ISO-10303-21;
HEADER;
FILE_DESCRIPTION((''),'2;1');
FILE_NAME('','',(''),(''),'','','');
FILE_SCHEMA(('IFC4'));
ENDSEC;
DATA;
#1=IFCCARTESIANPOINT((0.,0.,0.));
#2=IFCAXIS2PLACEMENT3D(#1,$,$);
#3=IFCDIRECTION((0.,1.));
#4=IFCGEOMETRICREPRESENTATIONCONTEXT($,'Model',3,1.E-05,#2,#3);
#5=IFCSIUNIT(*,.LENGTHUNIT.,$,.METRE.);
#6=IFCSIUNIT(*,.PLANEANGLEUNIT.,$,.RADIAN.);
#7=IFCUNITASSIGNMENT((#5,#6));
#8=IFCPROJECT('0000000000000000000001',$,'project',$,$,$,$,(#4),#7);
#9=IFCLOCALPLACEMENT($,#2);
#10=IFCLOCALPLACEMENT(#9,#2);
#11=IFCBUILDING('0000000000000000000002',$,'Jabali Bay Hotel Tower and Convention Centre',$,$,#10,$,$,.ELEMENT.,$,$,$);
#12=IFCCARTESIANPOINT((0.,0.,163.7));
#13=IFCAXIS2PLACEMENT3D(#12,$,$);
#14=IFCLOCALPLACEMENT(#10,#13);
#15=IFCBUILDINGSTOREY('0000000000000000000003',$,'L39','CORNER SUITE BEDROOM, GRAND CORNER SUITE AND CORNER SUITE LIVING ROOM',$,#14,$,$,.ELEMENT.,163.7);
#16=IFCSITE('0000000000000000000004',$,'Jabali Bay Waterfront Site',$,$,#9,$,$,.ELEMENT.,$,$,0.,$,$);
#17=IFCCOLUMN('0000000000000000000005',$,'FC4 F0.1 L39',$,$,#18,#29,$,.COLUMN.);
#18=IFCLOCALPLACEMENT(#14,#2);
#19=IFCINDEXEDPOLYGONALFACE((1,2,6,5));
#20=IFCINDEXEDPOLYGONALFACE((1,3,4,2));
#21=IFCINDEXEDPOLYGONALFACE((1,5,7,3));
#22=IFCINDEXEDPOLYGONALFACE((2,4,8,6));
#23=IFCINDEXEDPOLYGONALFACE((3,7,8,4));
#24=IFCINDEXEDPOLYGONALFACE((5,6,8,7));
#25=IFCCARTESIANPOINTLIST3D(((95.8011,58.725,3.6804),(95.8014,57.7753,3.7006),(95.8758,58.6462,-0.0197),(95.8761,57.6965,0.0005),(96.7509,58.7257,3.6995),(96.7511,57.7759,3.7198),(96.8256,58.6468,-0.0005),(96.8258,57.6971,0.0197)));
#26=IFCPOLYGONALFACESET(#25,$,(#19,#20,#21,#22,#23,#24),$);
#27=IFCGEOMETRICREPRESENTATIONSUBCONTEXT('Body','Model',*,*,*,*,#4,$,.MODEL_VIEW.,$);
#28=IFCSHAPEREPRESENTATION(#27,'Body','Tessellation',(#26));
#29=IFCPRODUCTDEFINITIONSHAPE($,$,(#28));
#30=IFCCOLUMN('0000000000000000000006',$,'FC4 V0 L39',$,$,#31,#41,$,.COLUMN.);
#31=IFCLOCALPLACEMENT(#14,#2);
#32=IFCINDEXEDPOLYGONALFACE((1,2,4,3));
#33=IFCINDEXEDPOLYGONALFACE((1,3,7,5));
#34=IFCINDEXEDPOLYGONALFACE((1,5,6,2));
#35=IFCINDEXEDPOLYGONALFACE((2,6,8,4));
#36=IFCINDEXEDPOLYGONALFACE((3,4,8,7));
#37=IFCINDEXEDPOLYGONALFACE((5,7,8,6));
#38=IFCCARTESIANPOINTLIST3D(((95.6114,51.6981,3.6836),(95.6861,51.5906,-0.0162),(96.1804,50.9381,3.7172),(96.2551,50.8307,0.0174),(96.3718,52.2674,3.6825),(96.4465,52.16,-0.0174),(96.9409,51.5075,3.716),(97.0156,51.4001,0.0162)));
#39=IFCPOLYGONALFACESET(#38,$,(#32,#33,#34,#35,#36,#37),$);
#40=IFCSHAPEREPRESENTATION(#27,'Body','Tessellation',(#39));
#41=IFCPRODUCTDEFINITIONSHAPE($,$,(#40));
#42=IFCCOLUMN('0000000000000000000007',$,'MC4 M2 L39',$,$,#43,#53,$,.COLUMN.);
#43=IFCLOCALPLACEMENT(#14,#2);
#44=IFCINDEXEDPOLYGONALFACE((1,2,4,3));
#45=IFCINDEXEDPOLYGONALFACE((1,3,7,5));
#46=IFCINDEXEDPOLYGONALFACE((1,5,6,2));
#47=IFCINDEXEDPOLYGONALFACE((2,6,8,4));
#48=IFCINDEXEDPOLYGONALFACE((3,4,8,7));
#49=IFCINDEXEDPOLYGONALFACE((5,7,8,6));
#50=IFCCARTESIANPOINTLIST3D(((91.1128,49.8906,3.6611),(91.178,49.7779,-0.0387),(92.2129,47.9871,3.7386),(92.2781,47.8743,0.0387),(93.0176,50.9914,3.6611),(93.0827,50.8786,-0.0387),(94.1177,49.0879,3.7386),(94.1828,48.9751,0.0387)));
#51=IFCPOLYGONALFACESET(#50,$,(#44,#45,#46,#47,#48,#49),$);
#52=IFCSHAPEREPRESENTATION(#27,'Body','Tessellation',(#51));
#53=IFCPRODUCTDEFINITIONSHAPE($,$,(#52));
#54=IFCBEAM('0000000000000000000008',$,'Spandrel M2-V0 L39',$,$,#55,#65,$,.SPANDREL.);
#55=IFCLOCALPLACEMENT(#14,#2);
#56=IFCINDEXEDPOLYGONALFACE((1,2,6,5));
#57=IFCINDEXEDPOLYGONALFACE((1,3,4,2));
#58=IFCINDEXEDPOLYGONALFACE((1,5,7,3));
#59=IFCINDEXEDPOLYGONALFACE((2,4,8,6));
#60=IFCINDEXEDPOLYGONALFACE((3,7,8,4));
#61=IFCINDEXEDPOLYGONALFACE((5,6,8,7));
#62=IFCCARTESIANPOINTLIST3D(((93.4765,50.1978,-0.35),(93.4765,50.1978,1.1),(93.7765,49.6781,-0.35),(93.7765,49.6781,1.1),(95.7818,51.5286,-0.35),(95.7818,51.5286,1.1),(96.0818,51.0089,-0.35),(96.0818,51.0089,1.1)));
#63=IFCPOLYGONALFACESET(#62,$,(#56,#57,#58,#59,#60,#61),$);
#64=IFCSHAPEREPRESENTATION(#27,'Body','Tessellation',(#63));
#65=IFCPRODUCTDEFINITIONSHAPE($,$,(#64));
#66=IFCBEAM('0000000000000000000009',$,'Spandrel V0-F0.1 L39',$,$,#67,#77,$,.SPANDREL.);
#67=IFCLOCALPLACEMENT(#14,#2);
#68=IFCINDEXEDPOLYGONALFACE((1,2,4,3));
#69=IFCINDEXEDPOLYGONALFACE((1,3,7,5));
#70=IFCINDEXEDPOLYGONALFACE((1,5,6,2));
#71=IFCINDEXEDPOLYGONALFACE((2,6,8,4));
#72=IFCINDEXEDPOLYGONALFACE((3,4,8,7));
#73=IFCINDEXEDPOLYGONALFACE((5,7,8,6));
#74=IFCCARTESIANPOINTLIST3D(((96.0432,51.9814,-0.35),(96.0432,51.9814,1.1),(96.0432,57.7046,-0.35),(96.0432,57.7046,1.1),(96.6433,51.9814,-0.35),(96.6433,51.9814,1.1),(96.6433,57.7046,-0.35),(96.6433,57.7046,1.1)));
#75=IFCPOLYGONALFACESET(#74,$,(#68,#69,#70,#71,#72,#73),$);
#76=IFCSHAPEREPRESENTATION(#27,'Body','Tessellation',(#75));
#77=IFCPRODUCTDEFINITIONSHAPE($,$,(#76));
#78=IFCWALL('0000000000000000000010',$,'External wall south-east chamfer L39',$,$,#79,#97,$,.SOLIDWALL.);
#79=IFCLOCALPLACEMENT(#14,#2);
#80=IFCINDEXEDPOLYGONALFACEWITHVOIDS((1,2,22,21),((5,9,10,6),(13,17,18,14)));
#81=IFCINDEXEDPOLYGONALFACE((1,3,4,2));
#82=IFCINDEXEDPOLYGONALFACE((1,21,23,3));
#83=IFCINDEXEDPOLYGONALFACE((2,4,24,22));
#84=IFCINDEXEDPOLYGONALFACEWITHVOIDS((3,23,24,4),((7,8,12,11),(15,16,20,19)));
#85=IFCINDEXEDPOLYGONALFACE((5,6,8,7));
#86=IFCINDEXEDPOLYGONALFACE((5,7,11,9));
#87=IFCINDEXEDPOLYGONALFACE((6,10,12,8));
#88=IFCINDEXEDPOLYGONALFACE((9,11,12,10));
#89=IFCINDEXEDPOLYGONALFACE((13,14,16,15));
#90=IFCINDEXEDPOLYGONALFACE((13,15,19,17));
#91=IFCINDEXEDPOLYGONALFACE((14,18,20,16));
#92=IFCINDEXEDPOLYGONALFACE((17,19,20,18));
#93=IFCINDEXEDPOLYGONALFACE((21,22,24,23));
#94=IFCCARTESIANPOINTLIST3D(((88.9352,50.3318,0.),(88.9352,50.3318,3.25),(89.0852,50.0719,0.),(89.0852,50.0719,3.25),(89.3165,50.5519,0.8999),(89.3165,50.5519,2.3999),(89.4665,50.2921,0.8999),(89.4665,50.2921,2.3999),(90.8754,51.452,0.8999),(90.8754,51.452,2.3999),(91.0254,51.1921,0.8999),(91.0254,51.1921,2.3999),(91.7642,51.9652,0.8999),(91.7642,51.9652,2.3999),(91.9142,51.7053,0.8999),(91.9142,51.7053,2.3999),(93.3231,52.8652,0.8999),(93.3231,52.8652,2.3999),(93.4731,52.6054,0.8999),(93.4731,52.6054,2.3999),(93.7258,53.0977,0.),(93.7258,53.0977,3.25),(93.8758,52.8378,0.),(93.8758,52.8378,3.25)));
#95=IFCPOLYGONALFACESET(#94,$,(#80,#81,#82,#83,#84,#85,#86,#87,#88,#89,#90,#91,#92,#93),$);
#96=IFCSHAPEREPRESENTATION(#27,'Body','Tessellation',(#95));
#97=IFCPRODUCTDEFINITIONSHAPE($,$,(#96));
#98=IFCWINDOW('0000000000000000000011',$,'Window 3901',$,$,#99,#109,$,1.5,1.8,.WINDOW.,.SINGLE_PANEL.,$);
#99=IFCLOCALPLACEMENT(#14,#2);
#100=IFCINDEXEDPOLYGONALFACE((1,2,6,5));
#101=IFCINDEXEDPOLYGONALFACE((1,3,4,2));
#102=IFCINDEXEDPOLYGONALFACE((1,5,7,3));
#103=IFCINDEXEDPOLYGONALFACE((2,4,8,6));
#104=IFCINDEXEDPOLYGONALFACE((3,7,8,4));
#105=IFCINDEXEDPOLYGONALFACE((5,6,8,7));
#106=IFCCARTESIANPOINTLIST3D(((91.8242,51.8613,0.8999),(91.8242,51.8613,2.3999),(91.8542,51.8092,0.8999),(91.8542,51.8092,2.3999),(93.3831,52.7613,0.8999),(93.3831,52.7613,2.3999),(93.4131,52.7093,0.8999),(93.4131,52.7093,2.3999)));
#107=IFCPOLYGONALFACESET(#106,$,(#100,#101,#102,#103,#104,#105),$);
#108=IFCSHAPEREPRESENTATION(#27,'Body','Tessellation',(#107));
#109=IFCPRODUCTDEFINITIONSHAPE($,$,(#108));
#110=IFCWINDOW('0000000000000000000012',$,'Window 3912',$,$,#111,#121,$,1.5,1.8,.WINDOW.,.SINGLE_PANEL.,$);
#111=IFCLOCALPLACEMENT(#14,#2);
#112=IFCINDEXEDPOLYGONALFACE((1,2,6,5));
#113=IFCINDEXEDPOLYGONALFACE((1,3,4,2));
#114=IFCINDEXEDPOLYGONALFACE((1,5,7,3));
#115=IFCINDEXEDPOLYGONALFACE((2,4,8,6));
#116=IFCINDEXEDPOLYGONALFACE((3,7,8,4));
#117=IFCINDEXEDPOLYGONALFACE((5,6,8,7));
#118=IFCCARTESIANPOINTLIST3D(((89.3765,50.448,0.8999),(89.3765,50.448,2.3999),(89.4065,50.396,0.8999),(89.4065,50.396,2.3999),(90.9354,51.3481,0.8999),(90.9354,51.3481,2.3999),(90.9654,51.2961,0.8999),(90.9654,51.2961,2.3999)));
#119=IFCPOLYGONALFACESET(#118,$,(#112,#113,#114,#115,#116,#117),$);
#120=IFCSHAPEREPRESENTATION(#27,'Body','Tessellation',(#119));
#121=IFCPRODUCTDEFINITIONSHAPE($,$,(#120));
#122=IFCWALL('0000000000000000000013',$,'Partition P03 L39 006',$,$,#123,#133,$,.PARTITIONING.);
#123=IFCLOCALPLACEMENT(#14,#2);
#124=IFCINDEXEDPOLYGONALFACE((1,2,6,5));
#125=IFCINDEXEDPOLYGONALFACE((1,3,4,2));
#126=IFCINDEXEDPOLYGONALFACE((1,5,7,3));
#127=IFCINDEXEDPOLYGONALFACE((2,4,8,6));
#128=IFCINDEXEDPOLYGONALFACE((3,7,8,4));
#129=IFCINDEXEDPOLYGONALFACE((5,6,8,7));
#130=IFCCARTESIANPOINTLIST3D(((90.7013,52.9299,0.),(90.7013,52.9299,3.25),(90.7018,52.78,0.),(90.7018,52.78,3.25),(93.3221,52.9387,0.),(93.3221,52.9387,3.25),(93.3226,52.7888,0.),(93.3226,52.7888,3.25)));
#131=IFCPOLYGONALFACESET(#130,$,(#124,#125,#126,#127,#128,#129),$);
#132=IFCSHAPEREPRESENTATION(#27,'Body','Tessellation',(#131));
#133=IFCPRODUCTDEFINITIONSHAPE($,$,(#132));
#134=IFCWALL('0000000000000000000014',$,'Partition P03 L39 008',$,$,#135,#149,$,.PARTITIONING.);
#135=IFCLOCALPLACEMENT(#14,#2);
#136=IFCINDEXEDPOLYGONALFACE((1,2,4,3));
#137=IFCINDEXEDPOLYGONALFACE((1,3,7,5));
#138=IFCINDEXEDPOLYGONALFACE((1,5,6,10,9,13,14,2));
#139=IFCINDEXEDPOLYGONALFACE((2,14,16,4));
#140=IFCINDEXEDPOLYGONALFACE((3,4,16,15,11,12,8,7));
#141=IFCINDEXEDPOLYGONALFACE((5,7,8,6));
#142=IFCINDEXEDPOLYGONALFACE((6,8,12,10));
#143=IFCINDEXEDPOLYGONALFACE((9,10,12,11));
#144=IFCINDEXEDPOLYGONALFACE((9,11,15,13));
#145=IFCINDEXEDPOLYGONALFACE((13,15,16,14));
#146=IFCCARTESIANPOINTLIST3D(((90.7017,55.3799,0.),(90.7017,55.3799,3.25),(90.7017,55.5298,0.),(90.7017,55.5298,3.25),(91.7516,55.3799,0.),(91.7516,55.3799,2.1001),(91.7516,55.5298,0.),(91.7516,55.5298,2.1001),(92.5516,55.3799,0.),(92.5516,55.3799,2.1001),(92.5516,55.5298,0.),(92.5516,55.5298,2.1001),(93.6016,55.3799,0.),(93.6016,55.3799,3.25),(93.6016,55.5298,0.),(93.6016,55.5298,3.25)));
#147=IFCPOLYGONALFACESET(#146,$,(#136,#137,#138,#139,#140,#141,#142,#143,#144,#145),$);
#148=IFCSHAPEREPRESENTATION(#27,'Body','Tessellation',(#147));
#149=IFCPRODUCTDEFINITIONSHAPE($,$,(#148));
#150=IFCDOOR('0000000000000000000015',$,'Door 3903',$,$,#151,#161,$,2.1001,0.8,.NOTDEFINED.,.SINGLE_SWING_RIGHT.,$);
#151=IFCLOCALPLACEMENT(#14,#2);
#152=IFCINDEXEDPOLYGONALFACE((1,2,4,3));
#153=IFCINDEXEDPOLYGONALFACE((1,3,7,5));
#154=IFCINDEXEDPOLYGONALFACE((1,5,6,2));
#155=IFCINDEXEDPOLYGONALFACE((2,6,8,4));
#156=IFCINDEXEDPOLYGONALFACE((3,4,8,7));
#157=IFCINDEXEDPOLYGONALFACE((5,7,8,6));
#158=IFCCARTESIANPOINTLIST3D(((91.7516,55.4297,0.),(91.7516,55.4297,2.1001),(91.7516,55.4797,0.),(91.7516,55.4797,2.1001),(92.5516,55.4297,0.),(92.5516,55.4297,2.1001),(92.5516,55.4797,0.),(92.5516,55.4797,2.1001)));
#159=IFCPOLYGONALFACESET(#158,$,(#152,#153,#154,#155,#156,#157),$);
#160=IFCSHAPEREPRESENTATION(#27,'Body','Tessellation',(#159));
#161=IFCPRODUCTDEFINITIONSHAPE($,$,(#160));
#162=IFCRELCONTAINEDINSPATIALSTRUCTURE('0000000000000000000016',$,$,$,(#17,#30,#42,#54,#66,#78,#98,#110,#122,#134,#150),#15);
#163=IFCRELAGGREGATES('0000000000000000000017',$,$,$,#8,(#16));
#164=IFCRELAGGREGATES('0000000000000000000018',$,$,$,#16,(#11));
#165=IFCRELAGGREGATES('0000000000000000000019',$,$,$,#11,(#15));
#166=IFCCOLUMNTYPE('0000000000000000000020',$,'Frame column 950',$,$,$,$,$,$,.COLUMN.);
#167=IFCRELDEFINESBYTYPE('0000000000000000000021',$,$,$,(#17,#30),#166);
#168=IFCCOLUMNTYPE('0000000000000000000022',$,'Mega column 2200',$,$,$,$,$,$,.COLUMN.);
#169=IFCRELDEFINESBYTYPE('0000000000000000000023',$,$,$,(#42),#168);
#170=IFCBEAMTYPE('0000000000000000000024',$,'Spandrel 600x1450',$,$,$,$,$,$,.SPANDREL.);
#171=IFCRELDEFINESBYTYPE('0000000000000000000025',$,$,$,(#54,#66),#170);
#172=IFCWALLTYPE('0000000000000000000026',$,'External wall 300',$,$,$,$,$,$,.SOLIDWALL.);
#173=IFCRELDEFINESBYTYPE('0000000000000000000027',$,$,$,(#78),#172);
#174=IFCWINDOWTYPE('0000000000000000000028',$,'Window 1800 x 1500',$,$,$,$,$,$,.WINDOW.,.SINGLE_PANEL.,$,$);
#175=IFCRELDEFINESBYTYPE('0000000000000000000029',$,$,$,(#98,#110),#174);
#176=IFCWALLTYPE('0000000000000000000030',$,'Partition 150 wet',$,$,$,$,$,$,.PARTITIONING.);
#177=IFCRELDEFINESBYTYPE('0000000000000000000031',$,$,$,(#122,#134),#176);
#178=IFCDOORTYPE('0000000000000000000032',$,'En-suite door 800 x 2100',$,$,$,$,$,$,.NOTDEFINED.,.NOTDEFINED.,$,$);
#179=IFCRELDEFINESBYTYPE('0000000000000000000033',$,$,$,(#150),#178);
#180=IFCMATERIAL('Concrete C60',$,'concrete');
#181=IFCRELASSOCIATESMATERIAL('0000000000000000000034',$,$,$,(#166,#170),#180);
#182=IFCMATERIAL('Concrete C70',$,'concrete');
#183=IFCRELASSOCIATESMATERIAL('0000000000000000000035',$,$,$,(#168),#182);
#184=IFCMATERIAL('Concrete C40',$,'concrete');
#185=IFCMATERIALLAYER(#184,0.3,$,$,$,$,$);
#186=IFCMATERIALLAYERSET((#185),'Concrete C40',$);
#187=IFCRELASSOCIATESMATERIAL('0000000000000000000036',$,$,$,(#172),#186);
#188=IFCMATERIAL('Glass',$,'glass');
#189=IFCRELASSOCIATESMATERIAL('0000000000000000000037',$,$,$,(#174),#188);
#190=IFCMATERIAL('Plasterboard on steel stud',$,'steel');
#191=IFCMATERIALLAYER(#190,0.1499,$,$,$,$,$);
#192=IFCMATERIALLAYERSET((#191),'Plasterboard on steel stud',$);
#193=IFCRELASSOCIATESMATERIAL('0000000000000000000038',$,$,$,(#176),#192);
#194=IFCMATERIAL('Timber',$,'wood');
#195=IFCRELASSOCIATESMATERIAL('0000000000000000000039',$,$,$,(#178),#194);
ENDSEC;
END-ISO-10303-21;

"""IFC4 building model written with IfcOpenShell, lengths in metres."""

from ifc_helpers import new_model, si_unit, direction, frame, frame_2d, origin, origin_2d, place, context, subcontext, project, spatial, rectangle, extrude, material, layer, layer_set, material_profile, profile_set, type_object, element, fill, save


model = new_model("IFC4")

# Units and contexts
model_context = context("Model", 3, precision=1e-05, world=origin(), true_north=direction((0.0, 1.0)))
body_context = subcontext(model_context, "Body", "Model", "MODEL_VIEW")
ifc_project = project(units=[si_unit("LENGTHUNIT", "METRE"), si_unit("PLANEANGLEUNIT", "RADIAN")], contexts=[model_context])

# Site, building, storey
site_placement = place(None, origin())
site = spatial("IfcSite", under=ifc_project, at=site_placement, Name="Jabali Bay Waterfront Site", CompositionType="ELEMENT", RefElevation=0.0)
building_placement = place(site_placement, origin())
building = spatial("IfcBuilding", under=site, at=building_placement, Name="Jabali Bay Hotel Tower and Convention Centre", CompositionType="ELEMENT")
storey_placement = place(building_placement, frame((0.0, 0.0, 163.7)))
storey = spatial("IfcBuildingStorey", under=building, at=storey_placement, Name="L39", Description="CORNER SUITE BEDROOM, GRAND CORNER SUITE AND CORNER SUITE LIVING ROOM", CompositionType="ELEMENT", Elevation=163.7)

# Columns
ifc_material_1 = material(Name="Concrete C60", Category="concrete")
ifc_material_profile_1 = material_profile(ifc_material_1, rectangle(XDim=0.95, YDim=0.95, at=origin_2d()), Name="Frame column 950")
ifc_profile_set_1 = profile_set([ifc_material_profile_1], Name="Concrete C60")
column_type_1 = type_object("IfcColumnType", Name="Frame column 950", PredefinedType="COLUMN", material=ifc_profile_set_1)
column_1_placement = place(storey_placement, frame((96.3508, 58.1716, 0.0), z_axis=(-0.020183, 0.021304, 0.999569), x_axis=(0.000228, -0.999773, 0.021313)))
element("IfcColumn", 1, at=column_1_placement, inside=storey, type_object=column_type_1, Name="FC4 F0.1 L39", PredefinedType="COLUMN", context=body_context, shape_type="SweptSolid", body=[
    extrude(rectangle(XDim=0.95, YDim=0.95, at=origin_2d()), origin(), (0.0, 0.0, 1.0), 3.7017),
])
column_2_placement = place(storey_placement, frame((96.3508, 51.4954, 0.0), z_axis=(-0.020179, 0.029015, 0.999375), x_axis=(-0.800478, -0.599361, 0.001239)))
element("IfcColumn", 2, at=column_2_placement, inside=storey, type_object=column_type_1, Name="FC4 V0 L39", PredefinedType="COLUMN", context=body_context, shape_type="SweptSolid", body=[
    extrude(rectangle(XDim=0.95, YDim=0.95, at=origin_2d()), origin(), (0.0, 0.0, 1.0), 3.7021),
])
ifc_material_2 = material(Name="Concrete C70", Category="concrete")
ifc_material_profile_2 = material_profile(ifc_material_2, rectangle(XDim=2.2, YDim=2.2, at=origin_2d()), Name="Mega column 2200")
ifc_profile_set_2 = profile_set([ifc_material_profile_2], Name="Concrete C70")
column_type_2 = type_object("IfcColumnType", Name="Mega column 2200", PredefinedType="COLUMN", material=ifc_profile_set_2)
column_3_placement = place(storey_placement, frame((92.6804, 49.3765, 0.0), z_axis=(-0.017607, 0.030466, 0.999381), x_axis=(0.500059, -0.865276, 0.035188)))
element("IfcColumn", 3, at=column_3_placement, inside=storey, type_object=column_type_2, Name="MC4 M2 L39", PredefinedType="COLUMN", context=body_context, shape_type="SweptSolid", body=[
    extrude(rectangle(XDim=2.2, YDim=2.2, at=origin_2d()), origin(), (0.0, 0.0, 1.0), 3.7021),
])

# Beams
ifc_material_profile_3 = material_profile(ifc_material_1, rectangle(XDim=0.6001, YDim=1.45, at=origin_2d()), Name="Spandrel 600x1450")
ifc_profile_set_3 = profile_set([ifc_material_profile_3], Name="Concrete C60")
beam_type = type_object("IfcBeamType", Name="Spandrel 600x1450", PredefinedType="SPANDREL", material=ifc_profile_set_3)
beam_1_placement = place(storey_placement, frame((93.6265, 49.938, 0.375), z_axis=(0.866062, 0.499937, 0.0), x_axis=(-0.499937, 0.866062, 0.0)))
element("IfcBeam", 4, at=beam_1_placement, inside=storey, type_object=beam_type, Name="Spandrel M2-V0 L39", PredefinedType="SPANDREL", context=body_context, shape_type="SweptSolid", body=[
    extrude(rectangle(XDim=0.6001, YDim=1.45, at=origin_2d()), origin(), (0.0, 0.0, 1.0), 2.6619),
])
beam_2_placement = place(storey_placement, frame((96.3433, 51.9814, 0.375), z_axis=(0.0, 1.0, 0.0), x_axis=(-1.0, 0.0, 0.0)))
element("IfcBeam", 5, at=beam_2_placement, inside=storey, type_object=beam_type, Name="Spandrel V0-F0.1 L39", PredefinedType="SPANDREL", context=body_context, shape_type="SweptSolid", body=[
    extrude(rectangle(XDim=0.6001, YDim=1.45, at=origin_2d()), origin(), (0.0, 0.0, 1.0), 5.7231),
])

# Wall, openings, windows
ifc_material_3 = material(Name="Concrete C40", Category="concrete")
ifc_layer_1 = layer(ifc_material_3, 0.3)
ifc_layer_set_1 = layer_set([ifc_layer_1], Name="Concrete C40")
wall_type_1 = type_object("IfcWallType", Name="External wall 300", PredefinedType="SOLIDWALL", material=ifc_layer_set_1)
wall_1_placement = place(storey_placement, frame((93.8008, 52.9678, 0.0), z_axis=(0.0, 0.0, 1.0), x_axis=(-0.866021, -0.500008, 0.0)))
wall_1 = element("IfcWall", 6, at=wall_1_placement, inside=storey, type_object=wall_type_1, Name="External wall south-east chamfer L39", PredefinedType="SOLIDWALL", context=body_context, shape_type="SweptSolid", body=[
    extrude(rectangle(XDim=5.5317, YDim=0.3, at=frame_2d((2.7659, 0.0))), origin(), (0.0, 0.0, 1.0), 3.25),
])
opening_1_placement = place(wall_1_placement, frame((0.4651, 0.0, 0.8999)))
opening_1 = element("IfcOpeningElement", 7, at=opening_1_placement, cuts=wall_1, PredefinedType="OPENING", context=body_context, shape_type="SweptSolid", body=[
    extrude(rectangle(XDim=1.8, YDim=1.5, at=frame_2d((0.8999, 0.75))), frame((0.0, 0.1606, 0.0), z_axis=(0.0, -1.0, 0.0), x_axis=(1.0, 0.0, 0.0)), (0.0, 0.0, 1.0), 0.321),
])
opening_2_placement = place(wall_1_placement, frame((3.2915, 0.0, 0.8999)))
opening_2 = element("IfcOpeningElement", 8, at=opening_2_placement, cuts=wall_1, PredefinedType="OPENING", context=body_context, shape_type="SweptSolid", body=[
    extrude(rectangle(XDim=1.8, YDim=1.5, at=frame_2d((0.8999, 0.75))), frame((0.0, 0.1606, 0.0), z_axis=(0.0, -1.0, 0.0), x_axis=(1.0, 0.0, 0.0)), (0.0, 0.0, 1.0), 0.321),
])
ifc_material_4 = material(Name="Glass", Category="glass")
window_type = type_object("IfcWindowType", Name="Window 1800 x 1500", PartitioningType="SINGLE_PANEL", PredefinedType="WINDOW", material=ifc_material_4)
window_1_placement = place(opening_1_placement, origin())
window_1 = element("IfcWindow", 9, at=window_1_placement, inside=storey, type_object=window_type, Name="Window 3901", OverallHeight=1.5, OverallWidth=1.8, PartitioningType="SINGLE_PANEL", PredefinedType="WINDOW", context=body_context, shape_type="SweptSolid", body=[
    extrude(rectangle(XDim=1.8, YDim=1.5, at=frame_2d((0.8999, 0.75))), frame((0.0, 0.03, 0.0), z_axis=(0.0, -1.0, 0.0), x_axis=(1.0, 0.0, 0.0)), (0.0, 0.0, 1.0), 0.0601),
])
fill(opening_1, window_1)
window_2_placement = place(opening_2_placement, origin())
window_2 = element("IfcWindow", 10, at=window_2_placement, inside=storey, type_object=window_type, Name="Window 3912", OverallHeight=1.5, OverallWidth=1.8, PartitioningType="SINGLE_PANEL", PredefinedType="WINDOW", context=body_context, shape_type="SweptSolid", body=[
    extrude(rectangle(XDim=1.8, YDim=1.5, at=frame_2d((0.8999, 0.75))), frame((0.0, 0.03, 0.0), z_axis=(0.0, -1.0, 0.0), x_axis=(1.0, 0.0, 0.0)), (0.0, 0.0, 1.0), 0.0601),
])
fill(opening_2, window_2)

# Wall
ifc_material_5 = material(Name="Plasterboard on steel stud", Category="steel")
ifc_layer_2 = layer(ifc_material_5, 0.1499)
ifc_layer_set_2 = layer_set([ifc_layer_2], Name="Plasterboard on steel stud")
wall_type_2 = type_object("IfcWallType", Name="Partition 150 wet", PredefinedType="PARTITIONING", material=ifc_layer_set_2)
wall_2_placement = place(storey_placement, frame((93.3225, 52.8638, 0.0), z_axis=(0.0, 0.0, 1.0), x_axis=(-0.999994, -0.003353, 0.0)))
element("IfcWall", 11, at=wall_2_placement, inside=storey, type_object=wall_type_2, Name="Partition P03 L39 006", PredefinedType="PARTITIONING", context=body_context, shape_type="SweptSolid", body=[
    extrude(rectangle(XDim=2.6208, YDim=0.1499, at=frame_2d((1.3105, 0.0))), origin(), (0.0, 0.0, 1.0), 3.25),
])

# Wall, opening, door
wall_3_placement = place(storey_placement, frame((90.7017, 55.4548, 0.0), z_axis=(0.0, 0.0, 1.0), x_axis=(1.0, 0.0, 0.0)))
wall_3 = element("IfcWall", 12, at=wall_3_placement, inside=storey, type_object=wall_type_2, Name="Partition P03 L39 008", PredefinedType="PARTITIONING", context=body_context, shape_type="SweptSolid", body=[
    extrude(rectangle(XDim=2.8999, YDim=0.1499, at=frame_2d((1.45, 0.0))), origin(), (0.0, 0.0, 1.0), 3.25),
])
opening_3_placement = place(wall_3_placement, frame((1.05, 0.0, 0.0)))
opening_3 = element("IfcOpeningElement", 13, at=opening_3_placement, cuts=wall_3, PredefinedType="OPENING", context=body_context, shape_type="SweptSolid", body=[
    extrude(rectangle(XDim=0.8, YDim=2.1001, at=frame_2d((0.3999, 1.05))), frame((0.0, 0.0854, 0.0), z_axis=(0.0, -1.0, 0.0), x_axis=(1.0, 0.0, 0.0)), (0.0, 0.0, 1.0), 0.1709),
])
ifc_material_6 = material(Name="Timber", Category="wood")
door_type = type_object("IfcDoorType", Name="En-suite door 800 x 2100", OperationType="NOTDEFINED", PredefinedType="NOTDEFINED", material=ifc_material_6)
door_placement = place(opening_3_placement, origin())
door = element("IfcDoor", 14, at=door_placement, inside=storey, type_object=door_type, Name="Door 3903", OperationType="SINGLE_SWING_RIGHT", OverallHeight=2.1001, OverallWidth=0.8, PredefinedType="NOTDEFINED", context=body_context, shape_type="SweptSolid", body=[
    extrude(rectangle(XDim=0.8, YDim=2.1001, at=frame_2d((0.3999, 1.05))), frame((0.0, 0.0249, 0.0), z_axis=(0.0, -1.0, 0.0), x_axis=(1.0, 0.0, 0.0)), (0.0, 0.0, 1.0), 0.05),
])
fill(opening_3, door)

save(model, "model.ifc")
